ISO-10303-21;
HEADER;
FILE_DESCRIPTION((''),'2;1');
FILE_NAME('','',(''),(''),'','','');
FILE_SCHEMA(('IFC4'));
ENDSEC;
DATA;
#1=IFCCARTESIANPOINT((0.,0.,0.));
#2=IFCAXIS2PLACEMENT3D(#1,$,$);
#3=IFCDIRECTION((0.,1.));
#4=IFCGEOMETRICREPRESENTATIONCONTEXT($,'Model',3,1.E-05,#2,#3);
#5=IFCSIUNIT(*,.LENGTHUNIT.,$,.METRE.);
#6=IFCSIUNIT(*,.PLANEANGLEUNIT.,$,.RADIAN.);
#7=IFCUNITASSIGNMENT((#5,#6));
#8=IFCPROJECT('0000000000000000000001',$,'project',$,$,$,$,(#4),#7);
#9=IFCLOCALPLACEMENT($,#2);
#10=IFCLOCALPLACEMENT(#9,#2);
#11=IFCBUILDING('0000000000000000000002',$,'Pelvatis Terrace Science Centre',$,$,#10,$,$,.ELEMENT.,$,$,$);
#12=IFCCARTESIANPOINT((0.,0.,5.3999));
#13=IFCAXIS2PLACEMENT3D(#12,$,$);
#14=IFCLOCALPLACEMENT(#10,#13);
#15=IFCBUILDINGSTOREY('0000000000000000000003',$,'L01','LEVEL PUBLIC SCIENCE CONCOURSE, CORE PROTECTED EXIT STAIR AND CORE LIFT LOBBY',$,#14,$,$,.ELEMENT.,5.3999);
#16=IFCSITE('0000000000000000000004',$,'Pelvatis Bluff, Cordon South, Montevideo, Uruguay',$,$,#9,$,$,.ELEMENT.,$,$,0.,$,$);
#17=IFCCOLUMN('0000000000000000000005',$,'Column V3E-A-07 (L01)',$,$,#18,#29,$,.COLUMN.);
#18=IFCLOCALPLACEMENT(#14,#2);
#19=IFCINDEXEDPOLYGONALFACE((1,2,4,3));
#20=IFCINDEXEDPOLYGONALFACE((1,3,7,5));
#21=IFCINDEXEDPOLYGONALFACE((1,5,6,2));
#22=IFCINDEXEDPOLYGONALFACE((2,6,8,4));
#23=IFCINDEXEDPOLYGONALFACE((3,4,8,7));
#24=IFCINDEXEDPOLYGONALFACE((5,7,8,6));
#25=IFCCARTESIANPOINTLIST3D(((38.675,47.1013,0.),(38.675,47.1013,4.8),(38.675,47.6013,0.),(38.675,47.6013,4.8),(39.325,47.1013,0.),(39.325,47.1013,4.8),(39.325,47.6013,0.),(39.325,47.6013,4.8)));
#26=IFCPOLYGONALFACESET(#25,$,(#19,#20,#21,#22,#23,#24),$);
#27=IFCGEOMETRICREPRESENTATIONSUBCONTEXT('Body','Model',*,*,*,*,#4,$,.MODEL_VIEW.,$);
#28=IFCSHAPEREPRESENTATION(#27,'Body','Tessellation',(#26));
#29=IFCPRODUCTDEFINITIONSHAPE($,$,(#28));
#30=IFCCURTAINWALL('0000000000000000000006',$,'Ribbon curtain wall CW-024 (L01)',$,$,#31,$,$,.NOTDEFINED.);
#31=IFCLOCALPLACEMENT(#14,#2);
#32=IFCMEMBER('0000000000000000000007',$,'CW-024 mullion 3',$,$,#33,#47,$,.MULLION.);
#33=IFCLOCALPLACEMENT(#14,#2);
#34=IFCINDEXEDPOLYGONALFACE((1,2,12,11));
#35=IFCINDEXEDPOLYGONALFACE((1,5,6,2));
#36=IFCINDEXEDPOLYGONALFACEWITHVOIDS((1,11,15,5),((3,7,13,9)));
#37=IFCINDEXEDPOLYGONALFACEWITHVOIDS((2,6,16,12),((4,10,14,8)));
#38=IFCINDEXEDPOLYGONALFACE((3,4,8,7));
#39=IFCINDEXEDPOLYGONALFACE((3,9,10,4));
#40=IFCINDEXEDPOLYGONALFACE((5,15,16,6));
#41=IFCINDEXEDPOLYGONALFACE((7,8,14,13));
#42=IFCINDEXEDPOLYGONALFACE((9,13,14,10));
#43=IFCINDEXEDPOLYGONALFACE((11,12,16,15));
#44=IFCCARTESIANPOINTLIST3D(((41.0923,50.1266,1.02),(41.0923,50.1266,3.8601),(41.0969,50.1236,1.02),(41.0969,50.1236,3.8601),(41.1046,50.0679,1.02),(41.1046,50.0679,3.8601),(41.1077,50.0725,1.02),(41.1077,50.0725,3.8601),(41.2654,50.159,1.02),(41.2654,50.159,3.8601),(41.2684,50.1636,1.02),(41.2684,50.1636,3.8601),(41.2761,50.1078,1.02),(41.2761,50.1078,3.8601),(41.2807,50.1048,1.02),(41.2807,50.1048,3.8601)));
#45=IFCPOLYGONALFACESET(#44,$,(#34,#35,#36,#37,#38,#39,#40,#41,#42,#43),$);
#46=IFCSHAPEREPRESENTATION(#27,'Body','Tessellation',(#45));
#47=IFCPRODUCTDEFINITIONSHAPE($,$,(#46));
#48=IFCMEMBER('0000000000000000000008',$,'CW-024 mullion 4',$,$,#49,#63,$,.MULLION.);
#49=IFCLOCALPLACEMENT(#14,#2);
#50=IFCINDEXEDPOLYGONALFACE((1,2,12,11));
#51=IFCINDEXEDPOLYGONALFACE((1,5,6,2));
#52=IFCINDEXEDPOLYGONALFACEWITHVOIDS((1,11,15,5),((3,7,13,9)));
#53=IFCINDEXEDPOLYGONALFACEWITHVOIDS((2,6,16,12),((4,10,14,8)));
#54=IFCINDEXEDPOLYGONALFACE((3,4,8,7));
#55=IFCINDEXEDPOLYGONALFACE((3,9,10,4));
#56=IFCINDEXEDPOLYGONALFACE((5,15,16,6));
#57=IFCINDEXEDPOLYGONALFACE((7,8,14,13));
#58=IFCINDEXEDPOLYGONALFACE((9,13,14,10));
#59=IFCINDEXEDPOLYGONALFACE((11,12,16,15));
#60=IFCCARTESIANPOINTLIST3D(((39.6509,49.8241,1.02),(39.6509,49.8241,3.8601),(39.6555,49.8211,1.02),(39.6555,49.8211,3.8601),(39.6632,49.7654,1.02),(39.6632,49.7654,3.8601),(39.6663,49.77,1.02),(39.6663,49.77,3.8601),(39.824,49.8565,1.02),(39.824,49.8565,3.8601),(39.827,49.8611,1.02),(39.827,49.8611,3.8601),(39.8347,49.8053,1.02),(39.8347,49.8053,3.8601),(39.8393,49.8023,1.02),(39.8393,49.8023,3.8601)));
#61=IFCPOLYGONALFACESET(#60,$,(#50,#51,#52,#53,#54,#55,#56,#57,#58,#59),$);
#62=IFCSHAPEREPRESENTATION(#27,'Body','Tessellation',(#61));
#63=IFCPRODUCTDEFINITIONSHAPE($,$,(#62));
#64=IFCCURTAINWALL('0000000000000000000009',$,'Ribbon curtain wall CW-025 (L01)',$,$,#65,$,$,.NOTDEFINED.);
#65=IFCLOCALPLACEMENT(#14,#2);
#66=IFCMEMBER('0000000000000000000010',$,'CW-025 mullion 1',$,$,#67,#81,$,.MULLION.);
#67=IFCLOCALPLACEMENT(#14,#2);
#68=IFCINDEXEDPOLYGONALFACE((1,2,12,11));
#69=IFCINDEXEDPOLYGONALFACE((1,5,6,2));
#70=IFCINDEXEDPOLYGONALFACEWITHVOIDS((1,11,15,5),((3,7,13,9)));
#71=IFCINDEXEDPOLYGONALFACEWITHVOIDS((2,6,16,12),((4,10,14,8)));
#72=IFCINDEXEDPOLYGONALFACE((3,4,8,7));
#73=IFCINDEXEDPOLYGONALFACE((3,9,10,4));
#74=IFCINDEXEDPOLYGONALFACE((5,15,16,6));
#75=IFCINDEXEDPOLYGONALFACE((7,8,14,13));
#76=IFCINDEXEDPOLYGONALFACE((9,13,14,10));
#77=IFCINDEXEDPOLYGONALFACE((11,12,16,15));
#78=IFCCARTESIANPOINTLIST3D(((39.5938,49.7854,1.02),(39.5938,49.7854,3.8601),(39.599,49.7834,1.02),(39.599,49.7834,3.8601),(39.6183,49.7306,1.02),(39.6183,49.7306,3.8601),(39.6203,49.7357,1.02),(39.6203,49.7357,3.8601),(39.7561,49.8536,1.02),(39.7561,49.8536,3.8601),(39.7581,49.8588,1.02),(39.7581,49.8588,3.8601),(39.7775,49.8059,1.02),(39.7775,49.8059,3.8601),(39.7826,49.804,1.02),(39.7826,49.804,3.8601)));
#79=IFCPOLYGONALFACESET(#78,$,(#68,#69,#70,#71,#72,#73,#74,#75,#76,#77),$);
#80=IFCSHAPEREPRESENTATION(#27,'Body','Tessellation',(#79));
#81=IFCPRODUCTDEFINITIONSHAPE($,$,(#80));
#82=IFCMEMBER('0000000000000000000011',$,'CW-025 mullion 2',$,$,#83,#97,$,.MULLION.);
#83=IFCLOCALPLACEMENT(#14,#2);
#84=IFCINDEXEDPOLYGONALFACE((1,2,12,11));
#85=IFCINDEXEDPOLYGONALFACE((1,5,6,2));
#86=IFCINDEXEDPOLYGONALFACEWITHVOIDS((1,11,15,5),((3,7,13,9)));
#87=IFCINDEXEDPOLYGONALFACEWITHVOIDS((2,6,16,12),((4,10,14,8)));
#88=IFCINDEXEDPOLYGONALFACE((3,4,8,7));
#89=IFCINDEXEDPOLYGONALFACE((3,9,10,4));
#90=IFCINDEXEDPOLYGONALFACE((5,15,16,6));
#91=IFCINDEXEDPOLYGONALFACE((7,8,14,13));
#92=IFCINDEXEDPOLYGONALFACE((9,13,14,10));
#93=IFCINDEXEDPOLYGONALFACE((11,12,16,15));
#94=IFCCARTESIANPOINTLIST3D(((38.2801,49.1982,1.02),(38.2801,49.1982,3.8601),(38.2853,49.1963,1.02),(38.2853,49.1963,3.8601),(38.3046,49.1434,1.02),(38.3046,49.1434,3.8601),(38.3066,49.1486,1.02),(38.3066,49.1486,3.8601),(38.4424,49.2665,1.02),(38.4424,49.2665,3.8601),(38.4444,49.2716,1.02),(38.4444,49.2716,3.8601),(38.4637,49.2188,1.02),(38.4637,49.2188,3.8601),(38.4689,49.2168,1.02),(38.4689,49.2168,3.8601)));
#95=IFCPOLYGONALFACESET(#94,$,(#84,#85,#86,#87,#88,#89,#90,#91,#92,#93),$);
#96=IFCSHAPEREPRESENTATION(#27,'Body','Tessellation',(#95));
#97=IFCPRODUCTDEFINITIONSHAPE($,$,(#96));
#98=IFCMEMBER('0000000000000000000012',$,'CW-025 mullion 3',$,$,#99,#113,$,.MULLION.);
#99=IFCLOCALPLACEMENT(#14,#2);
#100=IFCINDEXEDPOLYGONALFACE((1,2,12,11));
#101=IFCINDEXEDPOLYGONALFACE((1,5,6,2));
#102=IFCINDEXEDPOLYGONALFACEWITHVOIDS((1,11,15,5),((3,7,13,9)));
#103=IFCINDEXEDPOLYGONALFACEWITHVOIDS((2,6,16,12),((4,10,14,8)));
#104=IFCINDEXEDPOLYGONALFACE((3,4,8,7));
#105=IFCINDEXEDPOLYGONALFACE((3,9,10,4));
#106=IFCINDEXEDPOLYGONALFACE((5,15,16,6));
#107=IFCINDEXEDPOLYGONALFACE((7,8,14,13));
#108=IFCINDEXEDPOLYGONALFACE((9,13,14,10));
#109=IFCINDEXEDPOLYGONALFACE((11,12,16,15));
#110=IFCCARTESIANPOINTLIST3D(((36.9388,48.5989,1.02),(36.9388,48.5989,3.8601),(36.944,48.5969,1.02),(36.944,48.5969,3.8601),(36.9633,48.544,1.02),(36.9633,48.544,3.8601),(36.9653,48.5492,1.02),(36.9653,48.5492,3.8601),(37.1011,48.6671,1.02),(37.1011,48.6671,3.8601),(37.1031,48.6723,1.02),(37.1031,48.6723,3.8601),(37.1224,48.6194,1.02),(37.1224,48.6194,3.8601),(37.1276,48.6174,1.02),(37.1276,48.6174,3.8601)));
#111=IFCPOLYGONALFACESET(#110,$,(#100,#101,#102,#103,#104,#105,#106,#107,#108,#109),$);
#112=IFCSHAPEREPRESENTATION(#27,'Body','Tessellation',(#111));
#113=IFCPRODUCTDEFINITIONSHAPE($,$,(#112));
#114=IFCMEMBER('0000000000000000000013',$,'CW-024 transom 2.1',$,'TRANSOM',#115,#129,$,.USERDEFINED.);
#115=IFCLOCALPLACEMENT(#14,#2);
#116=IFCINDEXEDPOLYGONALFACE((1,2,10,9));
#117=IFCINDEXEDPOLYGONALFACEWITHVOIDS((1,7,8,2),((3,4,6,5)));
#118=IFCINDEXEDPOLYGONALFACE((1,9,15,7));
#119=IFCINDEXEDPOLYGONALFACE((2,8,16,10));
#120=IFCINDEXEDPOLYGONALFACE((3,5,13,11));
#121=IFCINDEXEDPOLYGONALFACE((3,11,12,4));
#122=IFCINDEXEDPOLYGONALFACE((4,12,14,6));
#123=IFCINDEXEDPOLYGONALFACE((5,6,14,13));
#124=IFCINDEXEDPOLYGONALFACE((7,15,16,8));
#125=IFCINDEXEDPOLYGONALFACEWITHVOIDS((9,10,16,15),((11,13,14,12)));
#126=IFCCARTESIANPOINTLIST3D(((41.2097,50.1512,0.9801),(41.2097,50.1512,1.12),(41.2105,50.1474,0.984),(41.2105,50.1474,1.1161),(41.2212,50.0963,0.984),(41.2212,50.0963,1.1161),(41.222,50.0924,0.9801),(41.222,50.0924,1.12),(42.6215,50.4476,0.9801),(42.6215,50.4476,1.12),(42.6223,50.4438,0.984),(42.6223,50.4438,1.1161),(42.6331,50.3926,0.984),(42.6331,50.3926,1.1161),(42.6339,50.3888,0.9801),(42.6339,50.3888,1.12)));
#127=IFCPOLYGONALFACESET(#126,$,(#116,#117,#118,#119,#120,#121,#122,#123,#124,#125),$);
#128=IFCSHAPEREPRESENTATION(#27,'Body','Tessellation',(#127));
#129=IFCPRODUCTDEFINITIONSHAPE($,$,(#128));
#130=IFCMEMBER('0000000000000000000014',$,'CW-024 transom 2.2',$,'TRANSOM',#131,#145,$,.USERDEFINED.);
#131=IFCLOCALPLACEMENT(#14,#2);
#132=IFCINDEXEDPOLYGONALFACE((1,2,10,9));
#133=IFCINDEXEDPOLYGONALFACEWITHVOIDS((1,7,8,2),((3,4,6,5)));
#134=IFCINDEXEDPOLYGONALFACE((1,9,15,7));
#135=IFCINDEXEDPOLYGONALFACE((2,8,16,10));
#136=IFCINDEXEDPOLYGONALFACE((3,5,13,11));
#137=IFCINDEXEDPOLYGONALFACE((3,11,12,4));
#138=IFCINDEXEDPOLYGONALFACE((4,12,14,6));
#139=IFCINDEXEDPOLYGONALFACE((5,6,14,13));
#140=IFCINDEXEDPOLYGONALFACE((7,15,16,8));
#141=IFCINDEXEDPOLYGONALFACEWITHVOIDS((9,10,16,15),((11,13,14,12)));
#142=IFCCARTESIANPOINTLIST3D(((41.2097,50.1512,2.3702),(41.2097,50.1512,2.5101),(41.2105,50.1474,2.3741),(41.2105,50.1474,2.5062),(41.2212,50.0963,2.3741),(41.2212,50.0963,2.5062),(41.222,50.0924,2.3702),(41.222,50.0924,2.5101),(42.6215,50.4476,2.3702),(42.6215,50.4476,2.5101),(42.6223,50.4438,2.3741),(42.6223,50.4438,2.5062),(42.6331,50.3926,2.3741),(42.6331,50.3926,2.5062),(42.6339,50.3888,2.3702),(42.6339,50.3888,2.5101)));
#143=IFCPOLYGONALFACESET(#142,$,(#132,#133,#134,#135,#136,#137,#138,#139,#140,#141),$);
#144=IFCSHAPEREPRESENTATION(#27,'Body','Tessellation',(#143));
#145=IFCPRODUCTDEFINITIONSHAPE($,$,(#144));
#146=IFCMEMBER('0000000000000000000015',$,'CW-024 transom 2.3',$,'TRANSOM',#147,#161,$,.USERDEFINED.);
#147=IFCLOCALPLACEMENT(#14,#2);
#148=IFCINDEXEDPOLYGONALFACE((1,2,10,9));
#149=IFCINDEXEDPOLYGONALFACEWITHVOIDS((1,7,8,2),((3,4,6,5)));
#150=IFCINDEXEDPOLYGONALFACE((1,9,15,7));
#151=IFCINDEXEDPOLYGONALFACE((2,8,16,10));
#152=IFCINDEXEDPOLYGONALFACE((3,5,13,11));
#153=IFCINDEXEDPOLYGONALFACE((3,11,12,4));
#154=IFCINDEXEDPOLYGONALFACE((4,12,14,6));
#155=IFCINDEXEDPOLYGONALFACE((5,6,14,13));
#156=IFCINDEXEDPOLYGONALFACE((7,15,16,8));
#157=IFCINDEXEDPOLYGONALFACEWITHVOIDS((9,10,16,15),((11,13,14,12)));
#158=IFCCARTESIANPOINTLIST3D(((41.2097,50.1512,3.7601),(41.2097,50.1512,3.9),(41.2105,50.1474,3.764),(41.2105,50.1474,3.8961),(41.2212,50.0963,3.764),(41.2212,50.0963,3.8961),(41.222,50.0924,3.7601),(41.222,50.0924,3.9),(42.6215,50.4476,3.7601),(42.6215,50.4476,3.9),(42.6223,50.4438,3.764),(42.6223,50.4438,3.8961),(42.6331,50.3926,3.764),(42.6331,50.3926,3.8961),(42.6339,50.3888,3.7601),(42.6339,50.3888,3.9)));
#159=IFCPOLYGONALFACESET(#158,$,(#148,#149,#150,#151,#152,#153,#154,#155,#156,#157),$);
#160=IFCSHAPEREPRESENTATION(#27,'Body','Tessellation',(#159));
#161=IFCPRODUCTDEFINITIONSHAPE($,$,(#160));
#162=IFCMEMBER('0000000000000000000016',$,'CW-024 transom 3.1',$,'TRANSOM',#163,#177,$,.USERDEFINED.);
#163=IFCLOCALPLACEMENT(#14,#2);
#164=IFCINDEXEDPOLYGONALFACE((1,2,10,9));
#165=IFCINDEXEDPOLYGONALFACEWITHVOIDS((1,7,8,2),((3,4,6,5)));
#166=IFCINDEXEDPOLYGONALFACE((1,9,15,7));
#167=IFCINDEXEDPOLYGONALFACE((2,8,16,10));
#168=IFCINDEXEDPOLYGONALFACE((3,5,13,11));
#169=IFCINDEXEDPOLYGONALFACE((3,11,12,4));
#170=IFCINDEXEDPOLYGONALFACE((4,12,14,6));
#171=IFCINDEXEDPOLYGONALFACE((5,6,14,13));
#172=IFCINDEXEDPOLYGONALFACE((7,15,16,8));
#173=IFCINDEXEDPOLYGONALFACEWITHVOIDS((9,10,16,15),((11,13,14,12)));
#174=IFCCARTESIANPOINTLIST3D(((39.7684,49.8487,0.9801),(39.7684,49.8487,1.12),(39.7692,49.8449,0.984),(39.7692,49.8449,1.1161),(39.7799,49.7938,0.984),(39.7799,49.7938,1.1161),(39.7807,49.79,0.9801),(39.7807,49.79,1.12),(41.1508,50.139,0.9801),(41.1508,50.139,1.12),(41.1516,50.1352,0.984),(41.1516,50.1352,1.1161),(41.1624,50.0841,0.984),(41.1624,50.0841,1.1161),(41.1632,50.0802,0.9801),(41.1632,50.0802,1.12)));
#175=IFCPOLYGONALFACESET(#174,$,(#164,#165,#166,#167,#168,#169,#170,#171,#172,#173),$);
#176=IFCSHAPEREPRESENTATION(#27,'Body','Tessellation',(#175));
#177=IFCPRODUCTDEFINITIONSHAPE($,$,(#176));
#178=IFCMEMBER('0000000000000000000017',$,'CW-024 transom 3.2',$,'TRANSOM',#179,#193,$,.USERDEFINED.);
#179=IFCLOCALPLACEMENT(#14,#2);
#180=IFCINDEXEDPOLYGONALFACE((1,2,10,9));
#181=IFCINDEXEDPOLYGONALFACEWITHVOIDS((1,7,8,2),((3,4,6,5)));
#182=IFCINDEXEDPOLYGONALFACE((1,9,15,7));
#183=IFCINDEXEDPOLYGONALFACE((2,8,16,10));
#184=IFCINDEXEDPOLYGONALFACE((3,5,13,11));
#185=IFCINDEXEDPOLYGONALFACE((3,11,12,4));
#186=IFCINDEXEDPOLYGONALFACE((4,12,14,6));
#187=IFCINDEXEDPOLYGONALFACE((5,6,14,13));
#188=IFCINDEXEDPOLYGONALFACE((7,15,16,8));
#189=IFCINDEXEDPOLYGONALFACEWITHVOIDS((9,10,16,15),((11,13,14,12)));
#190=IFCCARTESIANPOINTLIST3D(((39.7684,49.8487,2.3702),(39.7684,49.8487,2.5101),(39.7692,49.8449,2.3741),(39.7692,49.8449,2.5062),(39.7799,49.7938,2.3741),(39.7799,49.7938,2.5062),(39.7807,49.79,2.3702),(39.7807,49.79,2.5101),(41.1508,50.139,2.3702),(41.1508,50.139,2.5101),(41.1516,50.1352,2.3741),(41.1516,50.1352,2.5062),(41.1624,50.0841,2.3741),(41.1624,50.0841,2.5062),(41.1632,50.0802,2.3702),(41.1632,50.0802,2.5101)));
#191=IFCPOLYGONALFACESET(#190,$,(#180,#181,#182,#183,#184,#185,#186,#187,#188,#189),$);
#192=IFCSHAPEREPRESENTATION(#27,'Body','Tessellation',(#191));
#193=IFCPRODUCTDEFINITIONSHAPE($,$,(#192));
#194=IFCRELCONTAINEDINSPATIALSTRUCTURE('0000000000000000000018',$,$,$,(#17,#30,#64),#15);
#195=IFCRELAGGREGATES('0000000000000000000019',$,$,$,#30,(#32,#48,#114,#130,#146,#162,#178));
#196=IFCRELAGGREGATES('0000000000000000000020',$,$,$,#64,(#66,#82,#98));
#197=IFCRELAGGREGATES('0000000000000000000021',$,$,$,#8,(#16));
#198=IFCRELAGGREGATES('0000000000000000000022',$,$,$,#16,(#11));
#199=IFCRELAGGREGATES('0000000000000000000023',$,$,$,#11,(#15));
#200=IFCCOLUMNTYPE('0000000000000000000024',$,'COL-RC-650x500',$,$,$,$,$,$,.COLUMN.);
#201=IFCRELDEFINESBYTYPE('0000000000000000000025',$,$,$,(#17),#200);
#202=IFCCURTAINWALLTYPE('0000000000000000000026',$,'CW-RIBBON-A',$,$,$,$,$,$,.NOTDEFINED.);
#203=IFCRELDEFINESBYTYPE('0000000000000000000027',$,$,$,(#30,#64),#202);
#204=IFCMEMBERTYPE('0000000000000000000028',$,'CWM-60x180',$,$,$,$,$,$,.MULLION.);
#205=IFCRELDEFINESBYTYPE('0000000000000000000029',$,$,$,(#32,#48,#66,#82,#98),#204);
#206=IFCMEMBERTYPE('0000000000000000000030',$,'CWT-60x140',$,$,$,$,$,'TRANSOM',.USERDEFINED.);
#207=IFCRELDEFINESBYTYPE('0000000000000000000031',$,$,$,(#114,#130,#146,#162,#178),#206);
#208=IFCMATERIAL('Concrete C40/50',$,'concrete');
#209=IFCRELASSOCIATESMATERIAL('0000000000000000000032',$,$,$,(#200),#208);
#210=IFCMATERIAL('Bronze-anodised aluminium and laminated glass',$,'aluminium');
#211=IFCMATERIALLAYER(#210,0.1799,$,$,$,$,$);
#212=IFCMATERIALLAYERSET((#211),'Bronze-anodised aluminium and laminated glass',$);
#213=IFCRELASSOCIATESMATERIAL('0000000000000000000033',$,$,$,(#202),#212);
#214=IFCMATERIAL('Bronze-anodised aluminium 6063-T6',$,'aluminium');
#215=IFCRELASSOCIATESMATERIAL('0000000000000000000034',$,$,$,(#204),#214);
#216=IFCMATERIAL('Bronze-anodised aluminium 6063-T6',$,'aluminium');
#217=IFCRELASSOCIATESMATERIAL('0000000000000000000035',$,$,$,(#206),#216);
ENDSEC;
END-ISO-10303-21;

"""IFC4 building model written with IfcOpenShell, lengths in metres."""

from ifc_helpers import new_model, si_unit, direction, frame, origin, origin_2d, place, context, subcontext, project, spatial, rectangle, hollow_rectangle, extrude, material, layer, layer_set, material_profile, profile_set, type_object, element, aggregate, save


model = new_model("IFC4")

# Units and contexts
model_context = context("Model", 3, precision=1e-05, world=origin(), true_north=direction((0.0, 1.0)))
body_context = subcontext(model_context, "Body", "Model", "MODEL_VIEW")
ifc_project = project(units=[si_unit("LENGTHUNIT", "METRE"), si_unit("PLANEANGLEUNIT", "RADIAN")], contexts=[model_context])

# Site, building, storey
site_placement = place(None, origin())
site = spatial("IfcSite", under=ifc_project, at=site_placement, Name="Pelvatis Bluff, Cordon South, Montevideo, Uruguay", CompositionType="ELEMENT", RefElevation=0.0)
building_placement = place(site_placement, origin())
building = spatial("IfcBuilding", under=site, at=building_placement, Name="Pelvatis Terrace Science Centre", CompositionType="ELEMENT")
storey_placement = place(building_placement, frame((0.0, 0.0, 5.3999)))
storey = spatial("IfcBuildingStorey", under=building, at=storey_placement, Name="L01", Description="LEVEL PUBLIC SCIENCE CONCOURSE, CORE PROTECTED EXIT STAIR AND CORE LIFT LOBBY", CompositionType="ELEMENT", Elevation=5.3999)

# Column
ifc_material_1 = material(Name="Concrete C40/50", Category="concrete")
ifc_material_profile_1 = material_profile(ifc_material_1, rectangle(XDim=0.6499, YDim=0.5, at=origin_2d()), Name="RC-COL 650x500")
ifc_profile_set_1 = profile_set([ifc_material_profile_1], Name="Concrete C40/50")
column_type = type_object("IfcColumnType", Name="COL-RC-650x500", PredefinedType="COLUMN", material=ifc_profile_set_1)
column_placement = place(storey_placement, frame((39.0, 47.3513, 0.0), z_axis=(0.0, 0.0, 1.0), x_axis=(1.0, 0.0, 0.0)))
element("IfcColumn", 1, at=column_placement, inside=storey, type_object=column_type, Name="Column V3E-A-07 (L01)", PredefinedType="COLUMN", context=body_context, shape_type="SweptSolid", body=[
    extrude(rectangle(XDim=0.6499, YDim=0.5, at=origin_2d()), origin(), (0.0, 0.0, 1.0), 4.8),
])

# Curtain walls, members
ifc_material_2 = material(Name="Bronze-anodised aluminium and laminated glass", Category="aluminium")
ifc_layer_1 = layer(ifc_material_2, 0.1799)
ifc_layer_set_1 = layer_set([ifc_layer_1], Name="Bronze-anodised aluminium and laminated glass")
curtain_wall_type = type_object("IfcCurtainWallType", Name="CW-RIBBON-A", PredefinedType="NOTDEFINED", material=ifc_layer_set_1)
curtain_wall_1_placement = place(storey_placement, origin())
curtain_wall_1 = element("IfcCurtainWall", 2, at=curtain_wall_1_placement, inside=storey, type_object=curtain_wall_type, Name="Ribbon curtain wall CW-024 (L01)", PredefinedType="NOTDEFINED")
ifc_material_3 = material(Name="Bronze-anodised aluminium 6063-T6", Category="aluminium")
ifc_material_profile_2 = material_profile(ifc_material_3, hollow_rectangle(XDim=0.0601, YDim=0.1799, WallThickness=0.0039, at=origin_2d()), Name="ALU-MUL 60x180")
ifc_profile_set_2 = profile_set([ifc_material_profile_2], Name="Bronze-anodised aluminium 6063-T6")
member_type_1 = type_object("IfcMemberType", Name="CWM-60x180", PredefinedType="MULLION", material=ifc_profile_set_2)
member_1_placement = place(storey_placement, frame((41.1865, 50.1157, 1.02), z_axis=(0.0, 0.0, 1.0), x_axis=(0.205398, -0.978679, 0.0)))
member_1 = element("IfcMember", 3, at=member_1_placement, type_object=member_type_1, Name="CW-024 mullion 3", PredefinedType="MULLION", context=body_context, shape_type="SweptSolid", body=[
    extrude(hollow_rectangle(XDim=0.0601, YDim=0.1799, WallThickness=0.0039, at=origin_2d()), origin(), (0.0, 0.0, 1.0), 2.8401),
])
member_2_placement = place(storey_placement, frame((39.7451, 49.8132, 1.02), z_axis=(0.0, 0.0, 1.0), x_axis=(0.205398, -0.978679, 0.0)))
member_2 = element("IfcMember", 4, at=member_2_placement, type_object=member_type_1, Name="CW-024 mullion 4", PredefinedType="MULLION", context=body_context, shape_type="SweptSolid", body=[
    extrude(hollow_rectangle(XDim=0.0601, YDim=0.1799, WallThickness=0.0039, at=origin_2d()), origin(), (0.0, 0.0, 1.0), 2.8401),
])
curtain_wall_2_placement = place(storey_placement, origin())
curtain_wall_2 = element("IfcCurtainWall", 5, at=curtain_wall_2_placement, inside=storey, type_object=curtain_wall_type, Name="Ribbon curtain wall CW-025 (L01)", PredefinedType="NOTDEFINED")
member_3_placement = place(storey_placement, frame((39.6882, 49.7947, 1.02), z_axis=(0.0, 0.0, 1.0), x_axis=(0.407992, -0.912985, 0.0)))
member_3 = element("IfcMember", 6, at=member_3_placement, type_object=member_type_1, Name="CW-025 mullion 1", PredefinedType="MULLION", context=body_context, shape_type="SweptSolid", body=[
    extrude(hollow_rectangle(XDim=0.0601, YDim=0.1799, WallThickness=0.0039, at=origin_2d()), origin(), (0.0, 0.0, 1.0), 2.8401),
])
member_4_placement = place(storey_placement, frame((38.3745, 49.2075, 1.02), z_axis=(0.0, 0.0, 1.0), x_axis=(0.407992, -0.912985, 0.0)))
member_4 = element("IfcMember", 7, at=member_4_placement, type_object=member_type_1, Name="CW-025 mullion 2", PredefinedType="MULLION", context=body_context, shape_type="SweptSolid", body=[
    extrude(hollow_rectangle(XDim=0.0601, YDim=0.1799, WallThickness=0.0039, at=origin_2d()), origin(), (0.0, 0.0, 1.0), 2.8401),
])
member_5_placement = place(storey_placement, frame((37.0332, 48.6082, 1.02), z_axis=(0.0, 0.0, 1.0), x_axis=(0.407992, -0.912985, 0.0)))
member_5 = element("IfcMember", 8, at=member_5_placement, type_object=member_type_1, Name="CW-025 mullion 3", PredefinedType="MULLION", context=body_context, shape_type="SweptSolid", body=[
    extrude(hollow_rectangle(XDim=0.0601, YDim=0.1799, WallThickness=0.0039, at=origin_2d()), origin(), (0.0, 0.0, 1.0), 2.8401),
])

# Members
ifc_material_4 = material(Name="Bronze-anodised aluminium 6063-T6", Category="aluminium")
ifc_material_profile_3 = material_profile(ifc_material_4, hollow_rectangle(XDim=0.0601, YDim=0.1399, WallThickness=0.0039, at=origin_2d()), Name="ALU-TRN 60x140")
ifc_profile_set_3 = profile_set([ifc_material_profile_3], Name="Bronze-anodised aluminium 6063-T6")
member_type_2 = type_object("IfcMemberType", Name="CWT-60x140", ElementType="TRANSOM", PredefinedType="USERDEFINED", material=ifc_profile_set_3)
member_6_placement = place(storey_placement, frame((42.6277, 50.4182, 1.05), z_axis=(-0.978668, -0.205448, 0.0), x_axis=(0.205448, -0.978668, 0.0)))
member_6 = element("IfcMember", 9, at=member_6_placement, type_object=member_type_2, Name="CW-024 transom 2.1", ObjectType="TRANSOM", PredefinedType="USERDEFINED", context=body_context, shape_type="SweptSolid", body=[
    extrude(hollow_rectangle(XDim=0.0601, YDim=0.1399, WallThickness=0.0039, at=origin_2d()), origin(), (0.0, 0.0, 1.0), 1.4426),
])
member_7_placement = place(storey_placement, frame((42.6277, 50.4182, 2.4402), z_axis=(-0.978668, -0.205448, 0.0), x_axis=(0.205448, -0.978668, 0.0)))
member_7 = element("IfcMember", 10, at=member_7_placement, type_object=member_type_2, Name="CW-024 transom 2.2", ObjectType="TRANSOM", PredefinedType="USERDEFINED", context=body_context, shape_type="SweptSolid", body=[
    extrude(hollow_rectangle(XDim=0.0601, YDim=0.1399, WallThickness=0.0039, at=origin_2d()), origin(), (0.0, 0.0, 1.0), 1.4426),
])
member_8_placement = place(storey_placement, frame((42.6277, 50.4182, 3.8301), z_axis=(-0.978668, -0.205448, 0.0), x_axis=(0.205448, -0.978668, 0.0)))
member_8 = element("IfcMember", 11, at=member_8_placement, type_object=member_type_2, Name="CW-024 transom 2.3", ObjectType="TRANSOM", PredefinedType="USERDEFINED", context=body_context, shape_type="SweptSolid", body=[
    extrude(hollow_rectangle(XDim=0.0601, YDim=0.1399, WallThickness=0.0039, at=origin_2d()), origin(), (0.0, 0.0, 1.0), 1.4426),
])
member_9_placement = place(storey_placement, frame((41.157, 50.1096, 1.05), z_axis=(-0.978661, -0.205479, 0.0), x_axis=(0.205479, -0.978661, 0.0)))
member_9 = element("IfcMember", 12, at=member_9_placement, type_object=member_type_2, Name="CW-024 transom 3.1", ObjectType="TRANSOM", PredefinedType="USERDEFINED", context=body_context, shape_type="SweptSolid", body=[
    extrude(hollow_rectangle(XDim=0.0601, YDim=0.1399, WallThickness=0.0039, at=origin_2d()), origin(), (0.0, 0.0, 1.0), 1.4126),
])
member_10_placement = place(storey_placement, frame((41.157, 50.1096, 2.4402), z_axis=(-0.978661, -0.205479, 0.0), x_axis=(0.205479, -0.978661, 0.0)))
member_10 = element("IfcMember", 13, at=member_10_placement, type_object=member_type_2, Name="CW-024 transom 3.2", ObjectType="TRANSOM", PredefinedType="USERDEFINED", context=body_context, shape_type="SweptSolid", body=[
    extrude(hollow_rectangle(XDim=0.0601, YDim=0.1399, WallThickness=0.0039, at=origin_2d()), origin(), (0.0, 0.0, 1.0), 1.4126),
])

aggregate(curtain_wall_1, [member_1, member_2, member_6, member_7, member_8, member_9, member_10])
aggregate(curtain_wall_2, [member_3, member_4, member_5])

save(model, "model.ifc")
